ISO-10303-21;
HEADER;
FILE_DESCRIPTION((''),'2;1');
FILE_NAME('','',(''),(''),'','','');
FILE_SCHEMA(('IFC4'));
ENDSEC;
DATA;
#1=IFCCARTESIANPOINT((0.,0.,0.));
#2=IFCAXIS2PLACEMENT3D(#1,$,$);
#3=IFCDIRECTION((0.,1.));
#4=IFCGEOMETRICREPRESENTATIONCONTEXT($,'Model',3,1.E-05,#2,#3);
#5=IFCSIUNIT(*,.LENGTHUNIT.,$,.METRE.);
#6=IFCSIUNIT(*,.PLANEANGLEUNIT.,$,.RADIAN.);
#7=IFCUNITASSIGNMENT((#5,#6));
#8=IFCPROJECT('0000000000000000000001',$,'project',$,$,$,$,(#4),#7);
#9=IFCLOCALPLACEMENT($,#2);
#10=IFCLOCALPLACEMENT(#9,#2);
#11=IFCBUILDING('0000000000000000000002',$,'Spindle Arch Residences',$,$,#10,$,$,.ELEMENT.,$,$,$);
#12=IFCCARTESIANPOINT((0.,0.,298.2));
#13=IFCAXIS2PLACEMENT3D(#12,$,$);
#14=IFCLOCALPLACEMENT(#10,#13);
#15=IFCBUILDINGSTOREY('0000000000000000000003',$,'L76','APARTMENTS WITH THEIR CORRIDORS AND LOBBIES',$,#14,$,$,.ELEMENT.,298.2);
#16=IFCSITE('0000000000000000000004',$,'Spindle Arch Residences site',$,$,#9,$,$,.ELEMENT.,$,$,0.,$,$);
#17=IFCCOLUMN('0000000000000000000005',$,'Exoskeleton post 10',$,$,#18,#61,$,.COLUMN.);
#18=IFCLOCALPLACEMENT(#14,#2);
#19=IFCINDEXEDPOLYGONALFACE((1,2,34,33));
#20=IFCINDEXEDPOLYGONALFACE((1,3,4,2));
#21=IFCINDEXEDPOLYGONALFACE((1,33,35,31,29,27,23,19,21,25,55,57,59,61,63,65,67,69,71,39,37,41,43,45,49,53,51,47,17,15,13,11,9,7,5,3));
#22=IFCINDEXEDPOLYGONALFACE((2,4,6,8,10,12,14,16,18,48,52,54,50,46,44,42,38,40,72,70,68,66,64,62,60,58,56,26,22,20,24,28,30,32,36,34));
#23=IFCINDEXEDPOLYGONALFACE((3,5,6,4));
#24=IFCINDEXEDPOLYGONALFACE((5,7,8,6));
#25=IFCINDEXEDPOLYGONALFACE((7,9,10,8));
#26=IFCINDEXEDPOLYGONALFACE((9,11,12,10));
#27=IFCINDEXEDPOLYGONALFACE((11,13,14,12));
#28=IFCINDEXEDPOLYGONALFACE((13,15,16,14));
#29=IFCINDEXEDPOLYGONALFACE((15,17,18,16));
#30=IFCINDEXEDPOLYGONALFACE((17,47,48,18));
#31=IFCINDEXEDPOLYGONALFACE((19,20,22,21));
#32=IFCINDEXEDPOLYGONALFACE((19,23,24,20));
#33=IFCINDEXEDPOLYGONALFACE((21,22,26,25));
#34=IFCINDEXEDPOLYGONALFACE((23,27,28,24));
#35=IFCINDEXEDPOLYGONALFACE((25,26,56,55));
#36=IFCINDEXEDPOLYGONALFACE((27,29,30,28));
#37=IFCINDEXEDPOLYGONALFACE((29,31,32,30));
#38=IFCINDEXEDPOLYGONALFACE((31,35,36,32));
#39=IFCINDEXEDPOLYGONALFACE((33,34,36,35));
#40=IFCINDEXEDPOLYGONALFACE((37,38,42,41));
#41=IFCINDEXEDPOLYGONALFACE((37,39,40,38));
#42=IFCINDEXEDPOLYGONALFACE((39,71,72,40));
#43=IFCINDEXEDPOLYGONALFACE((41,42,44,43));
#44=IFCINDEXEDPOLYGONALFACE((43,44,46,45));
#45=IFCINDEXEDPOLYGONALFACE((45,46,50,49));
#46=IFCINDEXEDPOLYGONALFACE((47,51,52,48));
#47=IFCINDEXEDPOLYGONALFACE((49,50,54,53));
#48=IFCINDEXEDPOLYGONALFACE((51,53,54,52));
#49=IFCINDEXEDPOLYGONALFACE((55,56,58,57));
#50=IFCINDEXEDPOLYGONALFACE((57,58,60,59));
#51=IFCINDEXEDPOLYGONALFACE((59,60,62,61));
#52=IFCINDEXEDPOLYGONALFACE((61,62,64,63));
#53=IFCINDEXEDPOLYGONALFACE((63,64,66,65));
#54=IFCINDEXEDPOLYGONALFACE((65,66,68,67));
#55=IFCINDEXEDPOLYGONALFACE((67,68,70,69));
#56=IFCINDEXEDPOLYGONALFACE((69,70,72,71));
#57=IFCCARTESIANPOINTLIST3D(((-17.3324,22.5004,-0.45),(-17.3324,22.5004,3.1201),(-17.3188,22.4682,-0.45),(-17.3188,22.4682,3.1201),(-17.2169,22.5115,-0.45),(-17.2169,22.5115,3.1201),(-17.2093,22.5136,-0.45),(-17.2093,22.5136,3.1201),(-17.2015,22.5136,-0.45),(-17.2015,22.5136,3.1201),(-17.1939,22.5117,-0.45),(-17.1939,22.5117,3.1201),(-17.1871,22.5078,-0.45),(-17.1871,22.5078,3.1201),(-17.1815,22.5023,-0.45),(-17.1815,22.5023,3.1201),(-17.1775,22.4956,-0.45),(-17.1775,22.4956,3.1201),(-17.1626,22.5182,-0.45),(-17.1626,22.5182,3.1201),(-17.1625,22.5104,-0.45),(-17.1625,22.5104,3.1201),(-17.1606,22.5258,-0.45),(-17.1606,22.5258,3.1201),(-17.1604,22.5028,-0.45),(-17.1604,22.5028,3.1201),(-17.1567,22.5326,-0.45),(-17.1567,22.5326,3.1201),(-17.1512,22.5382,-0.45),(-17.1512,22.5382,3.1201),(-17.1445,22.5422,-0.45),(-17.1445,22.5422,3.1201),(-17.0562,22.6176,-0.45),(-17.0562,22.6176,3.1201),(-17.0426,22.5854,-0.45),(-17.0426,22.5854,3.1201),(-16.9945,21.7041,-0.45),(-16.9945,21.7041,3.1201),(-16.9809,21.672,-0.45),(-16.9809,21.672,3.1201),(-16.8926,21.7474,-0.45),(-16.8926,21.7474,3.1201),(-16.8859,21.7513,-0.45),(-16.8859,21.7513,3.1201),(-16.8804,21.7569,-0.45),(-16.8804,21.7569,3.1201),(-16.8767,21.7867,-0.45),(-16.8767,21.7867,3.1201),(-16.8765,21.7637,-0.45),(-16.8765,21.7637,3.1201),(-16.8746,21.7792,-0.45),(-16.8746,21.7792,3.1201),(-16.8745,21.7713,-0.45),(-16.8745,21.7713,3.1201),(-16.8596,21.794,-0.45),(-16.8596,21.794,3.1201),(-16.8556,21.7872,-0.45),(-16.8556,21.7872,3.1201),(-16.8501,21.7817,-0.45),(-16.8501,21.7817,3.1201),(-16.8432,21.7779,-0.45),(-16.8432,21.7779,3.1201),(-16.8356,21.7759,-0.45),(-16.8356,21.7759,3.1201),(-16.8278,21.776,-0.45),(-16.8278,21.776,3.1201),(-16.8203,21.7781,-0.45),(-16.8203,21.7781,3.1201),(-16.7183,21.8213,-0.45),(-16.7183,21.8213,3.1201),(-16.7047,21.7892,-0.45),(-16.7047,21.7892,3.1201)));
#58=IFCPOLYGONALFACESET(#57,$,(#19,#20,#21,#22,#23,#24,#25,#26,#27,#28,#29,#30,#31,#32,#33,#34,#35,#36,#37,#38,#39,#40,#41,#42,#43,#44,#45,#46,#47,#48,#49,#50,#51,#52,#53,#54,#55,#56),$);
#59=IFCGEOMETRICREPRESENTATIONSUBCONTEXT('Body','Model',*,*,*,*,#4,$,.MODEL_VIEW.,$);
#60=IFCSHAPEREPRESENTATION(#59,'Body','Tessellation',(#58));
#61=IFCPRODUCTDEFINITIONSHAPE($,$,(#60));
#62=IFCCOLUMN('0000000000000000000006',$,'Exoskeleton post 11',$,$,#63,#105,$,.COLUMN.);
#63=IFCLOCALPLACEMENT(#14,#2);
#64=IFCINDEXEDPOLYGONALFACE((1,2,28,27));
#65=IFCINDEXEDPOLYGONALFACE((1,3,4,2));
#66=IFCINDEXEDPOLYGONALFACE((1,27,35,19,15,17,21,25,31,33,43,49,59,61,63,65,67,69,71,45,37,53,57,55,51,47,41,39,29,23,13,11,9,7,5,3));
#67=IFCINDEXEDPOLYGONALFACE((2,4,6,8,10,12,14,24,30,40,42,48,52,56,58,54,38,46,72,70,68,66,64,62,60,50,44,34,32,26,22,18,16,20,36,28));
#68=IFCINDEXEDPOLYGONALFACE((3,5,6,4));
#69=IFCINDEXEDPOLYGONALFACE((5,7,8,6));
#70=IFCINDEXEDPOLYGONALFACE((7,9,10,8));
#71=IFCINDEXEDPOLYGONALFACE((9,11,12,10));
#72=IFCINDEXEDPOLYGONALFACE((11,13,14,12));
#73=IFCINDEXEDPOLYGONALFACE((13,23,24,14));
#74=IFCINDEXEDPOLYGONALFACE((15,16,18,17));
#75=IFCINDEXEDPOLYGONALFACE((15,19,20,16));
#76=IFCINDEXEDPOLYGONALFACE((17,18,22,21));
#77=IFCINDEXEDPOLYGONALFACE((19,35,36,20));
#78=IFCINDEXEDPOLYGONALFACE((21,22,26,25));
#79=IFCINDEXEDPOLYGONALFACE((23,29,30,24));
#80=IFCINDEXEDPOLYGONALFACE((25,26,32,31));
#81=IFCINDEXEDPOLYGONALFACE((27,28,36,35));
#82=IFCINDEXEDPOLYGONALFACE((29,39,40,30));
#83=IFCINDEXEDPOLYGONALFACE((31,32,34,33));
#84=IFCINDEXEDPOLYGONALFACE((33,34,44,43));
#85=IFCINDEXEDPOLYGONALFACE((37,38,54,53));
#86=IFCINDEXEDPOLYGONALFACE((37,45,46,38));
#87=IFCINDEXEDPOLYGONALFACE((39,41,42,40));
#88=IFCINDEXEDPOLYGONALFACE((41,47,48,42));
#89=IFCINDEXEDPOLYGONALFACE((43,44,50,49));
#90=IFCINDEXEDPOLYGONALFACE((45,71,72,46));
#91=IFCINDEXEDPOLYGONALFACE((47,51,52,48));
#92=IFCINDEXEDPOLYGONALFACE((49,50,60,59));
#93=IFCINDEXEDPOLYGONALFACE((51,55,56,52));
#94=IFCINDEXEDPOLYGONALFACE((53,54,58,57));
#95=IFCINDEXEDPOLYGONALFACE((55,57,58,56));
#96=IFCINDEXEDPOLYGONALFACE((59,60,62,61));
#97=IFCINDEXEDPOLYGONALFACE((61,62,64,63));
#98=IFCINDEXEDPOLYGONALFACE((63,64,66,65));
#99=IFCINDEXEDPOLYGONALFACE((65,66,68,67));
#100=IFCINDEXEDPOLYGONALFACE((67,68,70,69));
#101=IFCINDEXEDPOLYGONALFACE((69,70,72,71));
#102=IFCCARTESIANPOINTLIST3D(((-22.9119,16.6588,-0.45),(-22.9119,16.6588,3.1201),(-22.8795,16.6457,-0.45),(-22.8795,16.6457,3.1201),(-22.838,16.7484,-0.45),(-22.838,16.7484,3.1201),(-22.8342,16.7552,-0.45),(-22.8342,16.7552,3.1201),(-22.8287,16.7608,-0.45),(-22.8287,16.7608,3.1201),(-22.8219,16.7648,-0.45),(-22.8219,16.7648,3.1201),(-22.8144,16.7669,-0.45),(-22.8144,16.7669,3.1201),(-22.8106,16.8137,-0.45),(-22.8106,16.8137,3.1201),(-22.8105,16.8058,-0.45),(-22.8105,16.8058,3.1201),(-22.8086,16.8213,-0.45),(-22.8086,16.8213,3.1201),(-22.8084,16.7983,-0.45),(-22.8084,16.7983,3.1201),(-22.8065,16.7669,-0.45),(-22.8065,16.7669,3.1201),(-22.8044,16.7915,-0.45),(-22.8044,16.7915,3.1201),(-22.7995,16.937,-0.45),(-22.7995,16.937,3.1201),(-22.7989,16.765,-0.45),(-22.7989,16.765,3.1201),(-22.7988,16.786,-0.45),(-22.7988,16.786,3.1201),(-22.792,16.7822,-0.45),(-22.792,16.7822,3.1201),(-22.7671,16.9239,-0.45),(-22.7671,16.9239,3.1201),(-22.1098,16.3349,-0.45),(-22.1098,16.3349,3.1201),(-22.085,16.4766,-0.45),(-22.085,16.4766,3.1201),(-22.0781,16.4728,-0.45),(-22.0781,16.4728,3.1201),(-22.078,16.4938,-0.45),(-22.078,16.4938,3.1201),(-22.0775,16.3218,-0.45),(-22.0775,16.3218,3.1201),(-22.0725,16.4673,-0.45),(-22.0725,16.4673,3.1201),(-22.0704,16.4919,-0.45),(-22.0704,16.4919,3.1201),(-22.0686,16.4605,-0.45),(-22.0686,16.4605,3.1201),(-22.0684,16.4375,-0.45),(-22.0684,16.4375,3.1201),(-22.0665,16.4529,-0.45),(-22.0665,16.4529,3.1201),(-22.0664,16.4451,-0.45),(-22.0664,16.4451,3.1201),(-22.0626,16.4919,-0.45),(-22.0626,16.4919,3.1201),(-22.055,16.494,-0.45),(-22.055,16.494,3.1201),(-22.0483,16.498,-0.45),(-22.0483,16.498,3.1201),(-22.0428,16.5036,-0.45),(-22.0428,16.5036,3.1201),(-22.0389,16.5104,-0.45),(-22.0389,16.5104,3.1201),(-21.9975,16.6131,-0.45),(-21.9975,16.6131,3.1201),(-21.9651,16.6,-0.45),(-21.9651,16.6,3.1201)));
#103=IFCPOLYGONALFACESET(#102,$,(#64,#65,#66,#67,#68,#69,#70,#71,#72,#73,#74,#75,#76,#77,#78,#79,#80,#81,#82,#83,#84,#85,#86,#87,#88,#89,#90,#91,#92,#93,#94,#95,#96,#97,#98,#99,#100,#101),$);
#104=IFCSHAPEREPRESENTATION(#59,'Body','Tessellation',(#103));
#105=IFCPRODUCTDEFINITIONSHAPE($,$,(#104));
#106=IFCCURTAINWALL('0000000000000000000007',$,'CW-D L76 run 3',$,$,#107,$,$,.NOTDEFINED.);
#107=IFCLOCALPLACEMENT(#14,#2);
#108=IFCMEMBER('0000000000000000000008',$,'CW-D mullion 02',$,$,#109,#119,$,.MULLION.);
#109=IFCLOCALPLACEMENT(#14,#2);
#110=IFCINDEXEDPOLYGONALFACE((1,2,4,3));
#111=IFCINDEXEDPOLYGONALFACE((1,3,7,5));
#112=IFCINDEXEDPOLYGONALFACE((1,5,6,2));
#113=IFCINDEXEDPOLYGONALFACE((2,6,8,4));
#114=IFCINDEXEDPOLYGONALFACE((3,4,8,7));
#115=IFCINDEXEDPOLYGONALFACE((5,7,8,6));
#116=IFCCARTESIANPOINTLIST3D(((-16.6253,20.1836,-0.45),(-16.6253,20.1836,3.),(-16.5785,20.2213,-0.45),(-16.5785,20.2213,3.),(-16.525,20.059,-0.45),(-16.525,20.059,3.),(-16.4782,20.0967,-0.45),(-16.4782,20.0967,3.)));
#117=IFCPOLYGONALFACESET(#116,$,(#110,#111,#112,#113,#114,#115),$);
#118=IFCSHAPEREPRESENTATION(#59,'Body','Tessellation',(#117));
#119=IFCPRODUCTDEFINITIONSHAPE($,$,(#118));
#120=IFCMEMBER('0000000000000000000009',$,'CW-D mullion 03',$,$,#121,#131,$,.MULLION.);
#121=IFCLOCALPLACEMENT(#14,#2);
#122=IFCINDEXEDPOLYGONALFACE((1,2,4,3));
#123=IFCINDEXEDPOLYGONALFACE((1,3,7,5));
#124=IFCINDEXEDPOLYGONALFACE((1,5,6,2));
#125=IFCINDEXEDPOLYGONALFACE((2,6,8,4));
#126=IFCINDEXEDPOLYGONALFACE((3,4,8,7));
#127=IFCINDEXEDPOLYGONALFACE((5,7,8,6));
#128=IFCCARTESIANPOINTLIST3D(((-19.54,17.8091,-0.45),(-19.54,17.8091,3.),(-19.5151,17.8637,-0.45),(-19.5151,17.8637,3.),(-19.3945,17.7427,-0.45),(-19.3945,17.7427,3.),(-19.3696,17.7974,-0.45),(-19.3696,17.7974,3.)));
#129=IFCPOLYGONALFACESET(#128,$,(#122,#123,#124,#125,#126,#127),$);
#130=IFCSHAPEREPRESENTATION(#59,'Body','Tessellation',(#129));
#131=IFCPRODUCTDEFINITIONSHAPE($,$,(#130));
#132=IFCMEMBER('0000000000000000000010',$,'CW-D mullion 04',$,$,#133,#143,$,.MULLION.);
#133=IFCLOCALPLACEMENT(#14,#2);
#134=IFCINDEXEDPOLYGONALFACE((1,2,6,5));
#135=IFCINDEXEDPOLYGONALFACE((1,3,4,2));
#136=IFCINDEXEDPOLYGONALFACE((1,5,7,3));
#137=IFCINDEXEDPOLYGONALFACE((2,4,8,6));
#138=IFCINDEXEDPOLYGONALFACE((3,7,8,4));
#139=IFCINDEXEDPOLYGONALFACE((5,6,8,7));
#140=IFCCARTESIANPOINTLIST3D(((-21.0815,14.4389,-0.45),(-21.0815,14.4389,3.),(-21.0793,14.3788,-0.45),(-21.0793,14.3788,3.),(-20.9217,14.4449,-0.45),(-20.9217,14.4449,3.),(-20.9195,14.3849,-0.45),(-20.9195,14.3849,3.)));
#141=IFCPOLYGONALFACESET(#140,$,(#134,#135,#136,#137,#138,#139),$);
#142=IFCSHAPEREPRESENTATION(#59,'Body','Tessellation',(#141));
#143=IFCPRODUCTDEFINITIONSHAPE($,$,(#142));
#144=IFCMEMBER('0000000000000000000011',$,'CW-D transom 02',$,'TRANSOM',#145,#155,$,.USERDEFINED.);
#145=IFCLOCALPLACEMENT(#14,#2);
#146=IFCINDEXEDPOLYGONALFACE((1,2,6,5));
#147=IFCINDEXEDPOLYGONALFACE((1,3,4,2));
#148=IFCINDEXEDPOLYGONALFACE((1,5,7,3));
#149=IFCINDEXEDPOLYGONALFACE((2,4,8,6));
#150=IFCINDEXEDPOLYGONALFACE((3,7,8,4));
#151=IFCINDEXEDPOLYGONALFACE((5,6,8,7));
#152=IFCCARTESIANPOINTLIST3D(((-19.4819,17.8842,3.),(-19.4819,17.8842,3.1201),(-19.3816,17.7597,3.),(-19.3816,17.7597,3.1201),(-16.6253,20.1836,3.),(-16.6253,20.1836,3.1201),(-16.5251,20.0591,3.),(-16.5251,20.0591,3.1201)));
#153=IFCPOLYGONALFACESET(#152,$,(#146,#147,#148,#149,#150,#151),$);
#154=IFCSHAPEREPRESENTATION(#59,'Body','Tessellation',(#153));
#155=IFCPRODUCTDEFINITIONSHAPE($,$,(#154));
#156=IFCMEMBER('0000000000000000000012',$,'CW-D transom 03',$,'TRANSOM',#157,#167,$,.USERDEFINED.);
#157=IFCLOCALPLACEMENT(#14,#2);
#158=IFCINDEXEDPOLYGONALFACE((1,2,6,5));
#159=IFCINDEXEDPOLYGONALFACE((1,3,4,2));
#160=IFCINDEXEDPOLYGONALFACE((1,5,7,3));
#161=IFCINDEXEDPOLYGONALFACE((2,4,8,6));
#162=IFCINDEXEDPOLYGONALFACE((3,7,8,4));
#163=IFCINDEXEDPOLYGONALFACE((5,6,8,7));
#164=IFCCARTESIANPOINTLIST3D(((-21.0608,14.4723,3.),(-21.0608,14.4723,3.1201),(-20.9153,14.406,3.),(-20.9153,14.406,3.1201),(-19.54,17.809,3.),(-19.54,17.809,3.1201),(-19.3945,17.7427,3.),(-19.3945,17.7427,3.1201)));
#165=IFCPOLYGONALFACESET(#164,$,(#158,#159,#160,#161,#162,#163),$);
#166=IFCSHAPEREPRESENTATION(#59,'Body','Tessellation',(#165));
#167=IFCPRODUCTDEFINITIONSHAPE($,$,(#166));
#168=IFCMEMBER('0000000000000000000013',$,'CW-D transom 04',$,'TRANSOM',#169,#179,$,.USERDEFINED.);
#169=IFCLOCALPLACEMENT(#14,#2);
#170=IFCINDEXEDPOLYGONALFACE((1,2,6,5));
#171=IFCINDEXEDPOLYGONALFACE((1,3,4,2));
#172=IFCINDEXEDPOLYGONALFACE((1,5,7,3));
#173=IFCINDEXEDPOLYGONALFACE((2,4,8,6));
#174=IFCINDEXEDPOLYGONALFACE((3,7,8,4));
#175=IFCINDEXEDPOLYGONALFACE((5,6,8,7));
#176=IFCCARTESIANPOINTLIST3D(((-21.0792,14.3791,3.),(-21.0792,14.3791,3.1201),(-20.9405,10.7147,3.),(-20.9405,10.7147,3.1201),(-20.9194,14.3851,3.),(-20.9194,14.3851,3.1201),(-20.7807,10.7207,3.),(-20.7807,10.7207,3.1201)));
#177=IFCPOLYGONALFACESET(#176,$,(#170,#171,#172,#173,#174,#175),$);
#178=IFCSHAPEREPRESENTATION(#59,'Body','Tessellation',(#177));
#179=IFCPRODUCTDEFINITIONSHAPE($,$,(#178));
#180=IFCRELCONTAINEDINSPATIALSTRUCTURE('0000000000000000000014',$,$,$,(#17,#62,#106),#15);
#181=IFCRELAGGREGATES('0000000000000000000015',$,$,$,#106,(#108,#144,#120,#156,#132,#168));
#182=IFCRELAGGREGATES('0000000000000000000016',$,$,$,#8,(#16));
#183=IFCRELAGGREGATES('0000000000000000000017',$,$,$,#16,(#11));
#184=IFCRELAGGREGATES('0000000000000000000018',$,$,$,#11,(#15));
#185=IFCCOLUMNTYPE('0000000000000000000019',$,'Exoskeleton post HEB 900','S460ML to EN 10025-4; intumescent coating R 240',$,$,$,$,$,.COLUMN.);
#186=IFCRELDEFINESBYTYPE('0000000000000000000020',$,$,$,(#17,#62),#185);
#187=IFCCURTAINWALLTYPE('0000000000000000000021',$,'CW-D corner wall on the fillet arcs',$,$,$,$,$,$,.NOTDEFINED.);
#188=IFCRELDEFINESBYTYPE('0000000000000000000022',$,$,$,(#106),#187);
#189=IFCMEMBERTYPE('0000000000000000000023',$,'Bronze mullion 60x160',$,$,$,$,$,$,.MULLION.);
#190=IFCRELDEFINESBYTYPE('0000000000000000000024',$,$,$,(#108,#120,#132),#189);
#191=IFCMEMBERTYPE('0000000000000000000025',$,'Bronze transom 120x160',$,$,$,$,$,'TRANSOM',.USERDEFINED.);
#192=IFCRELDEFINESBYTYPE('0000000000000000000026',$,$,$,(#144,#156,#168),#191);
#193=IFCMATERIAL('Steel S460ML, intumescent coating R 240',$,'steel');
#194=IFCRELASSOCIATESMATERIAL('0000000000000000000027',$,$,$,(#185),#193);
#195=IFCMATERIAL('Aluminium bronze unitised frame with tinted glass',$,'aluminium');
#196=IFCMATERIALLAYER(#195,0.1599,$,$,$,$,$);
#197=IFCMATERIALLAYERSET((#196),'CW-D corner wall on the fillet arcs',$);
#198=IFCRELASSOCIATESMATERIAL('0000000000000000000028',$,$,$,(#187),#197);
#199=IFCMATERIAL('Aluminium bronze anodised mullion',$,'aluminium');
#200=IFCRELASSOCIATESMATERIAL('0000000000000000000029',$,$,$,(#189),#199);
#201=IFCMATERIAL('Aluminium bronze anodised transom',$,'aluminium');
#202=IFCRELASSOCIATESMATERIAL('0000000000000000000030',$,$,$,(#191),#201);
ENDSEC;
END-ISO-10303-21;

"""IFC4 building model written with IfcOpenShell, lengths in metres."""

from ifc_helpers import new_model, si_unit, direction, frame, origin, origin_2d, place, context, subcontext, project, spatial, rectangle, i_section, extrude, material, layer, layer_set, material_profile, profile_set, type_object, element, aggregate, save


model = new_model("IFC4")

# Units and contexts
model_context = context("Model", 3, precision=1e-05, world=origin(), true_north=direction((0.0, 1.0)))
body_context = subcontext(model_context, "Body", "Model", "MODEL_VIEW")
ifc_project = project(units=[si_unit("LENGTHUNIT", "METRE"), si_unit("PLANEANGLEUNIT", "RADIAN")], contexts=[model_context])

# Site, building, storey
site_placement = place(None, origin())
site = spatial("IfcSite", under=ifc_project, at=site_placement, Name="Spindle Arch Residences site", CompositionType="ELEMENT", RefElevation=0.0)
building_placement = place(site_placement, origin())
building = spatial("IfcBuilding", under=site, at=building_placement, Name="Spindle Arch Residences", CompositionType="ELEMENT")
storey_placement = place(building_placement, frame((0.0, 0.0, 298.2)))
storey = spatial("IfcBuildingStorey", under=building, at=storey_placement, Name="L76", Description="APARTMENTS WITH THEIR CORRIDORS AND LOBBIES", CompositionType="ELEMENT", Elevation=298.2)

# Columns
ifc_material_1 = material(Name="Steel S460ML, intumescent coating R 240", Category="steel")
ifc_material_profile_1 = material_profile(ifc_material_1, i_section(OverallWidth=0.3, OverallDepth=0.8999, WebThickness=0.0186, FlangeThickness=0.0349, FilletRadius=0.03, at=origin_2d()), Name="HEB 900")
ifc_profile_set_1 = profile_set([ifc_material_profile_1], Name="Steel S460ML, intumescent coating R 240")
column_type = type_object("IfcColumnType", Name="Exoskeleton post HEB 900", Description="S460ML to EN 10025-4; intumescent coating R 240", PredefinedType="COLUMN", material=ifc_profile_set_1)
for number, where, z_axis, x_axis, name in (
    (1, (-17.0186, 22.1448, -0.45), (0.0, 0.0, 1.0), (0.920554, 0.390614, 0.0), "Exoskeleton post 10"),
    (2, (-22.4385, 16.6294, -0.45), (0.0, 0.0, 1.0), (0.374489, 0.927231, 0.0), "Exoskeleton post 11"),
):
    element("IfcColumn", number, at=place(storey_placement, frame(where, z_axis=z_axis, x_axis=x_axis)), inside=storey, type_object=column_type, Name=name, PredefinedType="COLUMN", context=body_context, shape_type="SweptSolid", body=[
        extrude(i_section(OverallWidth=0.3, OverallDepth=0.8999, WebThickness=0.0186, FlangeThickness=0.0349, FilletRadius=0.03, at=origin_2d()), origin(), (0.0, 0.0, 1.0), 3.5701),
    ])

# Curtain wall, members
ifc_material_2 = material(Name="Aluminium bronze unitised frame with tinted glass", Category="aluminium")
ifc_layer_1 = layer(ifc_material_2, 0.1599)
ifc_layer_set_1 = layer_set([ifc_layer_1], Name="CW-D corner wall on the fillet arcs")
curtain_wall_type = type_object("IfcCurtainWallType", Name="CW-D corner wall on the fillet arcs", PredefinedType="NOTDEFINED", material=ifc_layer_set_1)
curtain_wall_placement = place(storey_placement, origin())
curtain_wall = element("IfcCurtainWall", 3, at=curtain_wall_placement, inside=storey, type_object=curtain_wall_type, Name="CW-D L76 run 3", PredefinedType="NOTDEFINED")
ifc_material_3 = material(Name="Aluminium bronze anodised mullion", Category="aluminium")
ifc_material_profile_2 = material_profile(ifc_material_3, rectangle(XDim=0.1599, YDim=0.0601, at=origin_2d()), Name="MU 60x160")
ifc_profile_set_2 = profile_set([ifc_material_profile_2], Name="Aluminium bronze anodised mullion")
member_type_1 = type_object("IfcMemberType", Name="Bronze mullion 60x160", PredefinedType="MULLION", material=ifc_profile_set_2)
member_1_placement = place(storey_placement, frame((-16.5518, 20.1401, -0.45), z_axis=(0.0, 0.0, 1.0), x_axis=(0.627057, -0.778973, 0.0)))
member_1 = element("IfcMember", 4, at=member_1_placement, type_object=member_type_1, Name="CW-D mullion 02", PredefinedType="MULLION", context=body_context, shape_type="SweptSolid", body=[
    extrude(rectangle(XDim=0.1599, YDim=0.0601, at=origin_2d()), origin(), (0.0, 0.0, 1.0), 3.45),
])
member_2_placement = place(storey_placement, frame((-19.4548, 17.8032, -0.45), z_axis=(0.0, 0.0, 1.0), x_axis=(0.909961, -0.414693, 0.0)))
member_2 = element("IfcMember", 5, at=member_2_placement, type_object=member_type_1, Name="CW-D mullion 03", PredefinedType="MULLION", context=body_context, shape_type="SweptSolid", body=[
    extrude(rectangle(XDim=0.1599, YDim=0.0601, at=origin_2d()), origin(), (0.0, 0.0, 1.0), 3.45),
])
member_3_placement = place(storey_placement, frame((-21.0005, 14.4119, -0.45), z_axis=(0.0, 0.0, 1.0), x_axis=(0.999285, 0.037806, 0.0)))
member_3 = element("IfcMember", 6, at=member_3_placement, type_object=member_type_1, Name="CW-D mullion 04", PredefinedType="MULLION", context=body_context, shape_type="SweptSolid", body=[
    extrude(rectangle(XDim=0.1599, YDim=0.0601, at=origin_2d()), origin(), (0.0, 0.0, 1.0), 3.45),
])
ifc_material_4 = material(Name="Aluminium bronze anodised transom", Category="aluminium")
ifc_material_profile_3 = material_profile(ifc_material_4, rectangle(XDim=0.1599, YDim=0.1201, at=origin_2d()), Name="TR 120x160")
ifc_profile_set_3 = profile_set([ifc_material_profile_3], Name="Aluminium bronze anodised transom")
member_type_2 = type_object("IfcMemberType", Name="Bronze transom 120x160", ElementType="TRANSOM", PredefinedType="USERDEFINED", material=ifc_profile_set_3)
member_4_placement = place(storey_placement, frame((-16.5752, 20.1213, 3.0601), z_axis=(-0.778982, -0.627047, 0.0), x_axis=(0.627047, -0.778982, 0.0)))
member_4 = element("IfcMember", 7, at=member_4_placement, type_object=member_type_2, Name="CW-D transom 02", ObjectType="TRANSOM", PredefinedType="USERDEFINED", context=body_context, shape_type="SweptSolid", body=[
    extrude(rectangle(XDim=0.1599, YDim=0.1201, at=origin_2d()), origin(), (0.0, 0.0, 1.0), 3.667),
])
member_5_placement = place(storey_placement, frame((-19.4673, 17.7759, 3.0601), z_axis=(-0.414726, -0.909946, 0.0), x_axis=(0.909946, -0.414726, 0.0)))
member_5 = element("IfcMember", 8, at=member_5_placement, type_object=member_type_2, Name="CW-D transom 03", ObjectType="TRANSOM", PredefinedType="USERDEFINED", context=body_context, shape_type="SweptSolid", body=[
    extrude(rectangle(XDim=0.1599, YDim=0.1201, at=origin_2d()), origin(), (0.0, 0.0, 1.0), 3.667),
])
member_6_placement = place(storey_placement, frame((-20.9993, 14.3821, 3.0601), z_axis=(0.037817, -0.999285, 0.0), x_axis=(0.999285, 0.037817, 0.0)))
member_6 = element("IfcMember", 9, at=member_6_placement, type_object=member_type_2, Name="CW-D transom 04", ObjectType="TRANSOM", PredefinedType="USERDEFINED", context=body_context, shape_type="SweptSolid", body=[
    extrude(rectangle(XDim=0.1599, YDim=0.1201, at=origin_2d()), origin(), (0.0, 0.0, 1.0), 3.667),
])

aggregate(curtain_wall, [member_1, member_4, member_2, member_5, member_3, member_6])

save(model, "model.ifc")
